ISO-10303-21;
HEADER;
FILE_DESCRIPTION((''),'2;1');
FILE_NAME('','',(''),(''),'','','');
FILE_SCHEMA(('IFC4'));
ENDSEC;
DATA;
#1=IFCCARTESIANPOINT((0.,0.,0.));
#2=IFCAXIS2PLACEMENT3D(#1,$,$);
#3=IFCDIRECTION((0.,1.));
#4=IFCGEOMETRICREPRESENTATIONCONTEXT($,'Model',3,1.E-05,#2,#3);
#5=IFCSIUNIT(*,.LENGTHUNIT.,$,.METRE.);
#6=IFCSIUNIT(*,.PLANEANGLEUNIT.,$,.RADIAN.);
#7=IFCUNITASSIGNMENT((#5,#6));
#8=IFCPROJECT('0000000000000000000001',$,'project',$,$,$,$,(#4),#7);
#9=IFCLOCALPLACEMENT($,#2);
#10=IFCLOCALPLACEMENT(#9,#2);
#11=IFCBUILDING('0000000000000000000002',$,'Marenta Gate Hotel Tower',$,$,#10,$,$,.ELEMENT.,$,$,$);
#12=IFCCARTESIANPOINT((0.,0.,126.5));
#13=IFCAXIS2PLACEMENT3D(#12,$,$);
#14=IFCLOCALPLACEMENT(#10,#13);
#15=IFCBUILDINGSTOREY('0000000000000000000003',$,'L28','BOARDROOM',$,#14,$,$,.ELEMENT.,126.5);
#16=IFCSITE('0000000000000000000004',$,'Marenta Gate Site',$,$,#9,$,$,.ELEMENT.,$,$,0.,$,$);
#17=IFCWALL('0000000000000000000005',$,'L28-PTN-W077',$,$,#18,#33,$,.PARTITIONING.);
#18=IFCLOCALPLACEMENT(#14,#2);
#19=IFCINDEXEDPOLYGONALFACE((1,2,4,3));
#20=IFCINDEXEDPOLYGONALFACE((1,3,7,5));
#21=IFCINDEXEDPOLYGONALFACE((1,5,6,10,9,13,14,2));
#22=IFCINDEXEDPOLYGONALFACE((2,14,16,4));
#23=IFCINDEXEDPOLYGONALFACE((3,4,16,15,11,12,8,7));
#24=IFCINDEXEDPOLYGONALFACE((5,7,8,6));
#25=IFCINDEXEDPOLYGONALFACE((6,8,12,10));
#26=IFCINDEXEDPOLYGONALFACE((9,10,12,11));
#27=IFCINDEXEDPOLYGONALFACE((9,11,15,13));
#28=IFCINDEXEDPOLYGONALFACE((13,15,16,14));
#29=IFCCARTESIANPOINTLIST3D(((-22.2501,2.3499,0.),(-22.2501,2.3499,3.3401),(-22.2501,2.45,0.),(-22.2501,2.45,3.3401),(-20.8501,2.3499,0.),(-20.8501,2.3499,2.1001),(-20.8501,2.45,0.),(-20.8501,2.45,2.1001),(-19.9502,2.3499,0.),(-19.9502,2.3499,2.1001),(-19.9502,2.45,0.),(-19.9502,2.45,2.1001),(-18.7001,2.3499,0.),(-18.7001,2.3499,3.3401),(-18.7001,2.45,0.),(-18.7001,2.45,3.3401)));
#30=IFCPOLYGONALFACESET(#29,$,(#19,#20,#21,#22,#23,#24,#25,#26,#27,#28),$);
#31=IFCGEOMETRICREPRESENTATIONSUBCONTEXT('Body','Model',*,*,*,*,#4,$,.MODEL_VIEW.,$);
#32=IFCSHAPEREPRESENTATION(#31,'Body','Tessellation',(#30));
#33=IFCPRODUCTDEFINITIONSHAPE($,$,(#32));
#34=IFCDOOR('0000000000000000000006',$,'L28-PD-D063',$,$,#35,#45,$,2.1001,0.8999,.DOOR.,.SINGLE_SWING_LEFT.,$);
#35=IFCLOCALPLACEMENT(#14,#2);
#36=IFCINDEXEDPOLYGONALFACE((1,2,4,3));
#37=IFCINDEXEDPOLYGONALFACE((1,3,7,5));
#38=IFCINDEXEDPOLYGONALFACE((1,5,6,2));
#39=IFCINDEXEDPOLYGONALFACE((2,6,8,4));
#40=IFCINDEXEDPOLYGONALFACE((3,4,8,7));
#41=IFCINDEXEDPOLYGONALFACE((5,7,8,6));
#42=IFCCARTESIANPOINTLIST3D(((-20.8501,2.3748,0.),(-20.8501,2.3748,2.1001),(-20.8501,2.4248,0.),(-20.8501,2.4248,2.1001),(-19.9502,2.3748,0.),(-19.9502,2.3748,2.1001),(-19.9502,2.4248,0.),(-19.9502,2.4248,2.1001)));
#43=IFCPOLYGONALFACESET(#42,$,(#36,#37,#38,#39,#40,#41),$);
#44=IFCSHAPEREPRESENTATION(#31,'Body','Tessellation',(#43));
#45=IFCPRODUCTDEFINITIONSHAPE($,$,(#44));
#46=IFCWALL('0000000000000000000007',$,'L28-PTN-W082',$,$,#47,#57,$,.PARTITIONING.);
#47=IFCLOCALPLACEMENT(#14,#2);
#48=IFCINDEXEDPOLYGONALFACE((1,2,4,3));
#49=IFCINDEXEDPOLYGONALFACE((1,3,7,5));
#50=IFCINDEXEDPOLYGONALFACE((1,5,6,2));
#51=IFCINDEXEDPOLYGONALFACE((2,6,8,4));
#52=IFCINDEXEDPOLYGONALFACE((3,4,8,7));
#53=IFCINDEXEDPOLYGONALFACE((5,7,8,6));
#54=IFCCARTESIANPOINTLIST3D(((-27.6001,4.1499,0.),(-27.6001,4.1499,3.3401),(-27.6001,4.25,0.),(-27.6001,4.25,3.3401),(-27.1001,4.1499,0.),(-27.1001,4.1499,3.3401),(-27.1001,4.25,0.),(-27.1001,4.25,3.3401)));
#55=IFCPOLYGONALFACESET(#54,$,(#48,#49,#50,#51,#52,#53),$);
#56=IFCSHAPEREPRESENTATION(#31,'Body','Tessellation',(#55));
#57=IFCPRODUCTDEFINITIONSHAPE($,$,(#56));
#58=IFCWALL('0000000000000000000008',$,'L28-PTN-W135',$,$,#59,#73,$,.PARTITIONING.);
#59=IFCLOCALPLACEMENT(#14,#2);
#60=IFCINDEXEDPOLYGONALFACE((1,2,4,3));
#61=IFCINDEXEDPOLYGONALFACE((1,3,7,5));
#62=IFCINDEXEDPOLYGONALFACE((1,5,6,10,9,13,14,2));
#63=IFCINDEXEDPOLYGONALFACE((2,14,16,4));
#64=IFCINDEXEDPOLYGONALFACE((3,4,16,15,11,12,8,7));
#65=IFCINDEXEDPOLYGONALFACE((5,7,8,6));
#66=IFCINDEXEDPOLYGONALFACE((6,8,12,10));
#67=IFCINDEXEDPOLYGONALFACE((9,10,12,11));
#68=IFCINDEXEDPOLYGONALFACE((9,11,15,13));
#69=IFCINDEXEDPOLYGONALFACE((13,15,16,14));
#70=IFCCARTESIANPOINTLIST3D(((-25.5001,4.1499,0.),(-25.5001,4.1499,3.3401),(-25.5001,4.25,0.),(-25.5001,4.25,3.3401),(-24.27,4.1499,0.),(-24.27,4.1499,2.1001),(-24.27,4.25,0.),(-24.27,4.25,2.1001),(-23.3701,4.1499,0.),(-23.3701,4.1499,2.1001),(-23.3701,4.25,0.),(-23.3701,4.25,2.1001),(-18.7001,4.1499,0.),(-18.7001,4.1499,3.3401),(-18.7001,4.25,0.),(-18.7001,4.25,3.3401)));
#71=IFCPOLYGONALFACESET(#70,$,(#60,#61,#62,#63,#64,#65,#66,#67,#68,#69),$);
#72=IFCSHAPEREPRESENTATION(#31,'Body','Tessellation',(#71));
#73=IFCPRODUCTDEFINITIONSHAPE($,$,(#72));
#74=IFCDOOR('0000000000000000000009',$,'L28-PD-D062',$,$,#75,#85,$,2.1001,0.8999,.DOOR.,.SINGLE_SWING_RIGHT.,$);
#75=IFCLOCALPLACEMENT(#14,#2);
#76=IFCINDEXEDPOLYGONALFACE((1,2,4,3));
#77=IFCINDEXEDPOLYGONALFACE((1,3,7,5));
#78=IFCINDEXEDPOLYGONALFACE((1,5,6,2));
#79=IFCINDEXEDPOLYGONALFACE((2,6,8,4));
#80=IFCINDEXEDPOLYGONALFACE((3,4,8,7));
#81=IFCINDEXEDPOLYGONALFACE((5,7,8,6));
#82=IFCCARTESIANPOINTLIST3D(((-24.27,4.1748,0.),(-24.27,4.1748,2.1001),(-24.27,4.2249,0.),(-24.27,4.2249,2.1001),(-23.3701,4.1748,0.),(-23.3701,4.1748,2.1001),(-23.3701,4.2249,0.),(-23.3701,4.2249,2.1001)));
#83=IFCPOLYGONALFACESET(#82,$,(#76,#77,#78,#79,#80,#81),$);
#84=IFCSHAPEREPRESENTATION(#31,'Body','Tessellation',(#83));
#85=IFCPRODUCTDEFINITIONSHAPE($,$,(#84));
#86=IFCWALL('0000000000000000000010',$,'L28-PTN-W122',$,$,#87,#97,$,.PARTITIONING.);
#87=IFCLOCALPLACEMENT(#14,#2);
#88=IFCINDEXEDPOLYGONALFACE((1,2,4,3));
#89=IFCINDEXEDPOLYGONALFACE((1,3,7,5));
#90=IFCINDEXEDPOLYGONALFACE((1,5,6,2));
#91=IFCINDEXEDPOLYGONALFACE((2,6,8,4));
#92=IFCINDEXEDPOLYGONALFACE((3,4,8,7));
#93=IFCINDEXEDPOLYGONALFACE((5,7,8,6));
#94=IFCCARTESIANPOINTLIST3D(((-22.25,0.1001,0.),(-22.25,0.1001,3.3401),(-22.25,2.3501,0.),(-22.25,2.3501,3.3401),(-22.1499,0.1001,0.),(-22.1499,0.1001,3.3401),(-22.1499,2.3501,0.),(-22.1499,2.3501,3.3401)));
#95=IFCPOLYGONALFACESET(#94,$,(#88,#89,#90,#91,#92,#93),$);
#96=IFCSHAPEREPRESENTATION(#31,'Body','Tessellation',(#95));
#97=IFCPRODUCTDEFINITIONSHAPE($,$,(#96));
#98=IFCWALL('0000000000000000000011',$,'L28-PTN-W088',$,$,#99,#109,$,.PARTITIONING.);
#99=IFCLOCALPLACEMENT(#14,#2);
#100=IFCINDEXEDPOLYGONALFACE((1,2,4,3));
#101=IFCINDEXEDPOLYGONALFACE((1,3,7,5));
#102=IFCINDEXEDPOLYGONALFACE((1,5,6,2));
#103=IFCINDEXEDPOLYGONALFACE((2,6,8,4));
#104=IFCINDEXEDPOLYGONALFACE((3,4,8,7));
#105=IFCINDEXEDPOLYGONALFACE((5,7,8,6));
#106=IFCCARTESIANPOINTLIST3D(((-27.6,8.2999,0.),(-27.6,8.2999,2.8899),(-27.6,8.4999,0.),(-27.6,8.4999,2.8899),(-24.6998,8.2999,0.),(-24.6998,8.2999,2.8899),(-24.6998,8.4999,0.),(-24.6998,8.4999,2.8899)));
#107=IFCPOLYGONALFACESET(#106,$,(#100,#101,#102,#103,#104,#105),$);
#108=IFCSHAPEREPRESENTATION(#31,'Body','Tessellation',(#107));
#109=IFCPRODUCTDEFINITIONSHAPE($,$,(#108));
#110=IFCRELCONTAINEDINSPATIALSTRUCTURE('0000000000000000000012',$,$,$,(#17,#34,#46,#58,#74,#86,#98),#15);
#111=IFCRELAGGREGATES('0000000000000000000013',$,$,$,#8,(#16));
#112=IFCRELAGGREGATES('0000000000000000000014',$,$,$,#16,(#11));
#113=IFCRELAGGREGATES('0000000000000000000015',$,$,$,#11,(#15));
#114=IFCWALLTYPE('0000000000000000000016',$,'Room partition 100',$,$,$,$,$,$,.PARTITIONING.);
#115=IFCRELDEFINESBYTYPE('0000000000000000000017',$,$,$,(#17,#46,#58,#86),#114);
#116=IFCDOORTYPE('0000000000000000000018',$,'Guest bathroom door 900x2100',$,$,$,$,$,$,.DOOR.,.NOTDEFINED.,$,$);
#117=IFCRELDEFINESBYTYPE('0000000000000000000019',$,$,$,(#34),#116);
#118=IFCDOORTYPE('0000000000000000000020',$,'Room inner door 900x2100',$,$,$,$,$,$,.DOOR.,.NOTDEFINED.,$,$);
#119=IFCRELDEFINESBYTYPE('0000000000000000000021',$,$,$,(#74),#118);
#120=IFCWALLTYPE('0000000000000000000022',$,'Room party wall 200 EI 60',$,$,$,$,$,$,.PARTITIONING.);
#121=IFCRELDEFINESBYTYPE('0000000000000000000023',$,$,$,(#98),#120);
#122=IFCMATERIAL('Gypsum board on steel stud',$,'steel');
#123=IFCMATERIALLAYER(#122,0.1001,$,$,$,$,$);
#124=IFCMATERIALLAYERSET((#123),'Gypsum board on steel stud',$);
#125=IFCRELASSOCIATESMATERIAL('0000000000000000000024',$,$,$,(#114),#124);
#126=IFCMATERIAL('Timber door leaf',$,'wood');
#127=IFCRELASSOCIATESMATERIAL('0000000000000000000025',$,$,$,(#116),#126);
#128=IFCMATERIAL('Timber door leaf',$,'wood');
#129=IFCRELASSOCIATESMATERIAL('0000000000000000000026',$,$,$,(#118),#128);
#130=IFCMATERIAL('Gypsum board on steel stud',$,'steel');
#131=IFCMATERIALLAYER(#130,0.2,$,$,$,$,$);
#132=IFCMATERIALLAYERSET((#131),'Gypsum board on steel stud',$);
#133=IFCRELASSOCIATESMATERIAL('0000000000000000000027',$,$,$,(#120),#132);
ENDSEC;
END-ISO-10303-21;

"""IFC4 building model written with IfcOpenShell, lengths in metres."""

from ifc_helpers import new_model, si_unit, direction, frame, frame_2d, origin, place, context, subcontext, project, spatial, rectangle, extrude, material, layer, layer_set, type_object, element, fill, save


model = new_model("IFC4")

# Units and contexts
model_context = context("Model", 3, precision=1e-05, world=origin(), true_north=direction((0.0, 1.0)))
body_context = subcontext(model_context, "Body", "Model", "MODEL_VIEW")
ifc_project = project(units=[si_unit("LENGTHUNIT", "METRE"), si_unit("PLANEANGLEUNIT", "RADIAN")], contexts=[model_context])

# Site, building, storey
site_placement = place(None, origin())
site = spatial("IfcSite", under=ifc_project, at=site_placement, Name="Marenta Gate Site", CompositionType="ELEMENT", RefElevation=0.0)
building_placement = place(site_placement, origin())
building = spatial("IfcBuilding", under=site, at=building_placement, Name="Marenta Gate Hotel Tower", CompositionType="ELEMENT")
storey_placement = place(building_placement, frame((0.0, 0.0, 126.5)))
storey = spatial("IfcBuildingStorey", under=building, at=storey_placement, Name="L28", Description="BOARDROOM", CompositionType="ELEMENT", Elevation=126.5)

# Wall, opening, door
ifc_material_1 = material(Name="Gypsum board on steel stud", Category="steel")
ifc_layer_1 = layer(ifc_material_1, 0.1001)
ifc_layer_set_1 = layer_set([ifc_layer_1], Name="Gypsum board on steel stud")
wall_type_1 = type_object("IfcWallType", Name="Room partition 100", PredefinedType="PARTITIONING", material=ifc_layer_set_1)
wall_1_placement = place(storey_placement, frame((-22.25, 2.3999, 0.0), z_axis=(0.0, 0.0, 1.0), x_axis=(1.0, 0.0, 0.0)))
wall_1 = element("IfcWall", 1, at=wall_1_placement, inside=storey, type_object=wall_type_1, Name="L28-PTN-W077", PredefinedType="PARTITIONING", context=body_context, shape_type="SweptSolid", body=[
    extrude(rectangle(XDim=3.55, YDim=0.1001, at=frame_2d((1.7749, 0.0))), origin(), (0.0, 0.0, 1.0), 3.3401),
])
opening_1_placement = place(wall_1_placement, frame((1.3999, 0.0, 0.0)))
opening_1 = element("IfcOpeningElement", 2, at=opening_1_placement, cuts=wall_1, PredefinedType="OPENING", context=body_context, shape_type="SweptSolid", body=[
    extrude(rectangle(XDim=0.8999, YDim=2.1001, at=frame_2d((0.45, 1.05))), frame((0.0, 0.05, 0.0), z_axis=(0.0, -1.0, 0.0), x_axis=(1.0, 0.0, 0.0)), (0.0, 0.0, 1.0), 0.1001),
])
ifc_material_2 = material(Name="Timber door leaf", Category="wood")
door_type_1 = type_object("IfcDoorType", Name="Guest bathroom door 900x2100", OperationType="NOTDEFINED", PredefinedType="DOOR", material=ifc_material_2)
door_1_placement = place(opening_1_placement, origin())
door_1 = element("IfcDoor", 3, at=door_1_placement, inside=storey, type_object=door_type_1, Name="L28-PD-D063", OperationType="SINGLE_SWING_LEFT", OverallHeight=2.1001, OverallWidth=0.8999, PredefinedType="DOOR", context=body_context, shape_type="SweptSolid", body=[
    extrude(rectangle(XDim=0.8999, YDim=2.1001, at=frame_2d((0.45, 1.05))), frame((0.0, 0.0249, 0.0), z_axis=(0.0, -1.0, 0.0), x_axis=(1.0, 0.0, 0.0)), (0.0, 0.0, 1.0), 0.05),
])
fill(opening_1, door_1)

# Wall
wall_2_placement = place(storey_placement, frame((-27.6001, 4.2, 0.0), z_axis=(0.0, 0.0, 1.0), x_axis=(1.0, 0.0, 0.0)))
element("IfcWall", 4, at=wall_2_placement, inside=storey, type_object=wall_type_1, Name="L28-PTN-W082", PredefinedType="PARTITIONING", context=body_context, shape_type="SweptSolid", body=[
    extrude(rectangle(XDim=0.5, YDim=0.1001, at=frame_2d((0.25, 0.0))), origin(), (0.0, 0.0, 1.0), 3.3401),
])

# Wall, opening, door
wall_3_placement = place(storey_placement, frame((-25.5, 4.2, 0.0), z_axis=(0.0, 0.0, 1.0), x_axis=(1.0, 0.0, 0.0)))
wall_3 = element("IfcWall", 5, at=wall_3_placement, inside=storey, type_object=wall_type_1, Name="L28-PTN-W135", PredefinedType="PARTITIONING", context=body_context, shape_type="SweptSolid", body=[
    extrude(rectangle(XDim=6.8, YDim=0.1001, at=frame_2d((3.3999, 0.0))), origin(), (0.0, 0.0, 1.0), 3.3401),
])
opening_2_placement = place(wall_3_placement, frame((1.23, 0.0, 0.0)))
opening_2 = element("IfcOpeningElement", 6, at=opening_2_placement, cuts=wall_3, PredefinedType="OPENING", context=body_context, shape_type="SweptSolid", body=[
    extrude(rectangle(XDim=0.8999, YDim=2.1001, at=frame_2d((0.45, 1.05))), frame((0.0, 0.05, 0.0), z_axis=(0.0, -1.0, 0.0), x_axis=(1.0, 0.0, 0.0)), (0.0, 0.0, 1.0), 0.1001),
])
ifc_material_3 = material(Name="Timber door leaf", Category="wood")
door_type_2 = type_object("IfcDoorType", Name="Room inner door 900x2100", OperationType="NOTDEFINED", PredefinedType="DOOR", material=ifc_material_3)
door_2_placement = place(opening_2_placement, origin())
door_2 = element("IfcDoor", 7, at=door_2_placement, inside=storey, type_object=door_type_2, Name="L28-PD-D062", OperationType="SINGLE_SWING_RIGHT", OverallHeight=2.1001, OverallWidth=0.8999, PredefinedType="DOOR", context=body_context, shape_type="SweptSolid", body=[
    extrude(rectangle(XDim=0.8999, YDim=2.1001, at=frame_2d((0.45, 1.05))), frame((0.0, 0.0249, 0.0), z_axis=(0.0, -1.0, 0.0), x_axis=(1.0, 0.0, 0.0)), (0.0, 0.0, 1.0), 0.05),
])
fill(opening_2, door_2)

# Walls
wall_4_placement = place(storey_placement, frame((-22.2, 0.1001, 0.0), z_axis=(0.0, 0.0, 1.0), x_axis=(0.0, 1.0, 0.0)))
element("IfcWall", 8, at=wall_4_placement, inside=storey, type_object=wall_type_1, Name="L28-PTN-W122", PredefinedType="PARTITIONING", context=body_context, shape_type="SweptSolid", body=[
    extrude(rectangle(XDim=2.25, YDim=0.1001, at=frame_2d((1.125, 0.0))), origin(), (0.0, 0.0, 1.0), 3.3401),
])
ifc_material_4 = material(Name="Gypsum board on steel stud", Category="steel")
ifc_layer_2 = layer(ifc_material_4, 0.2)
ifc_layer_set_2 = layer_set([ifc_layer_2], Name="Gypsum board on steel stud")
wall_type_2 = type_object("IfcWallType", Name="Room party wall 200 EI 60", PredefinedType="PARTITIONING", material=ifc_layer_set_2)
wall_5_placement = place(storey_placement, frame((-27.6001, 8.3999, 0.0), z_axis=(0.0, 0.0, 1.0), x_axis=(1.0, 0.0, 0.0)))
element("IfcWall", 9, at=wall_5_placement, inside=storey, type_object=wall_type_2, Name="L28-PTN-W088", PredefinedType="PARTITIONING", context=body_context, shape_type="SweptSolid", body=[
    extrude(rectangle(XDim=2.9001, YDim=0.2, at=frame_2d((1.4502, 0.0))), origin(), (0.0, 0.0, 1.0), 2.8899),
])

save(model, "model.ifc")
